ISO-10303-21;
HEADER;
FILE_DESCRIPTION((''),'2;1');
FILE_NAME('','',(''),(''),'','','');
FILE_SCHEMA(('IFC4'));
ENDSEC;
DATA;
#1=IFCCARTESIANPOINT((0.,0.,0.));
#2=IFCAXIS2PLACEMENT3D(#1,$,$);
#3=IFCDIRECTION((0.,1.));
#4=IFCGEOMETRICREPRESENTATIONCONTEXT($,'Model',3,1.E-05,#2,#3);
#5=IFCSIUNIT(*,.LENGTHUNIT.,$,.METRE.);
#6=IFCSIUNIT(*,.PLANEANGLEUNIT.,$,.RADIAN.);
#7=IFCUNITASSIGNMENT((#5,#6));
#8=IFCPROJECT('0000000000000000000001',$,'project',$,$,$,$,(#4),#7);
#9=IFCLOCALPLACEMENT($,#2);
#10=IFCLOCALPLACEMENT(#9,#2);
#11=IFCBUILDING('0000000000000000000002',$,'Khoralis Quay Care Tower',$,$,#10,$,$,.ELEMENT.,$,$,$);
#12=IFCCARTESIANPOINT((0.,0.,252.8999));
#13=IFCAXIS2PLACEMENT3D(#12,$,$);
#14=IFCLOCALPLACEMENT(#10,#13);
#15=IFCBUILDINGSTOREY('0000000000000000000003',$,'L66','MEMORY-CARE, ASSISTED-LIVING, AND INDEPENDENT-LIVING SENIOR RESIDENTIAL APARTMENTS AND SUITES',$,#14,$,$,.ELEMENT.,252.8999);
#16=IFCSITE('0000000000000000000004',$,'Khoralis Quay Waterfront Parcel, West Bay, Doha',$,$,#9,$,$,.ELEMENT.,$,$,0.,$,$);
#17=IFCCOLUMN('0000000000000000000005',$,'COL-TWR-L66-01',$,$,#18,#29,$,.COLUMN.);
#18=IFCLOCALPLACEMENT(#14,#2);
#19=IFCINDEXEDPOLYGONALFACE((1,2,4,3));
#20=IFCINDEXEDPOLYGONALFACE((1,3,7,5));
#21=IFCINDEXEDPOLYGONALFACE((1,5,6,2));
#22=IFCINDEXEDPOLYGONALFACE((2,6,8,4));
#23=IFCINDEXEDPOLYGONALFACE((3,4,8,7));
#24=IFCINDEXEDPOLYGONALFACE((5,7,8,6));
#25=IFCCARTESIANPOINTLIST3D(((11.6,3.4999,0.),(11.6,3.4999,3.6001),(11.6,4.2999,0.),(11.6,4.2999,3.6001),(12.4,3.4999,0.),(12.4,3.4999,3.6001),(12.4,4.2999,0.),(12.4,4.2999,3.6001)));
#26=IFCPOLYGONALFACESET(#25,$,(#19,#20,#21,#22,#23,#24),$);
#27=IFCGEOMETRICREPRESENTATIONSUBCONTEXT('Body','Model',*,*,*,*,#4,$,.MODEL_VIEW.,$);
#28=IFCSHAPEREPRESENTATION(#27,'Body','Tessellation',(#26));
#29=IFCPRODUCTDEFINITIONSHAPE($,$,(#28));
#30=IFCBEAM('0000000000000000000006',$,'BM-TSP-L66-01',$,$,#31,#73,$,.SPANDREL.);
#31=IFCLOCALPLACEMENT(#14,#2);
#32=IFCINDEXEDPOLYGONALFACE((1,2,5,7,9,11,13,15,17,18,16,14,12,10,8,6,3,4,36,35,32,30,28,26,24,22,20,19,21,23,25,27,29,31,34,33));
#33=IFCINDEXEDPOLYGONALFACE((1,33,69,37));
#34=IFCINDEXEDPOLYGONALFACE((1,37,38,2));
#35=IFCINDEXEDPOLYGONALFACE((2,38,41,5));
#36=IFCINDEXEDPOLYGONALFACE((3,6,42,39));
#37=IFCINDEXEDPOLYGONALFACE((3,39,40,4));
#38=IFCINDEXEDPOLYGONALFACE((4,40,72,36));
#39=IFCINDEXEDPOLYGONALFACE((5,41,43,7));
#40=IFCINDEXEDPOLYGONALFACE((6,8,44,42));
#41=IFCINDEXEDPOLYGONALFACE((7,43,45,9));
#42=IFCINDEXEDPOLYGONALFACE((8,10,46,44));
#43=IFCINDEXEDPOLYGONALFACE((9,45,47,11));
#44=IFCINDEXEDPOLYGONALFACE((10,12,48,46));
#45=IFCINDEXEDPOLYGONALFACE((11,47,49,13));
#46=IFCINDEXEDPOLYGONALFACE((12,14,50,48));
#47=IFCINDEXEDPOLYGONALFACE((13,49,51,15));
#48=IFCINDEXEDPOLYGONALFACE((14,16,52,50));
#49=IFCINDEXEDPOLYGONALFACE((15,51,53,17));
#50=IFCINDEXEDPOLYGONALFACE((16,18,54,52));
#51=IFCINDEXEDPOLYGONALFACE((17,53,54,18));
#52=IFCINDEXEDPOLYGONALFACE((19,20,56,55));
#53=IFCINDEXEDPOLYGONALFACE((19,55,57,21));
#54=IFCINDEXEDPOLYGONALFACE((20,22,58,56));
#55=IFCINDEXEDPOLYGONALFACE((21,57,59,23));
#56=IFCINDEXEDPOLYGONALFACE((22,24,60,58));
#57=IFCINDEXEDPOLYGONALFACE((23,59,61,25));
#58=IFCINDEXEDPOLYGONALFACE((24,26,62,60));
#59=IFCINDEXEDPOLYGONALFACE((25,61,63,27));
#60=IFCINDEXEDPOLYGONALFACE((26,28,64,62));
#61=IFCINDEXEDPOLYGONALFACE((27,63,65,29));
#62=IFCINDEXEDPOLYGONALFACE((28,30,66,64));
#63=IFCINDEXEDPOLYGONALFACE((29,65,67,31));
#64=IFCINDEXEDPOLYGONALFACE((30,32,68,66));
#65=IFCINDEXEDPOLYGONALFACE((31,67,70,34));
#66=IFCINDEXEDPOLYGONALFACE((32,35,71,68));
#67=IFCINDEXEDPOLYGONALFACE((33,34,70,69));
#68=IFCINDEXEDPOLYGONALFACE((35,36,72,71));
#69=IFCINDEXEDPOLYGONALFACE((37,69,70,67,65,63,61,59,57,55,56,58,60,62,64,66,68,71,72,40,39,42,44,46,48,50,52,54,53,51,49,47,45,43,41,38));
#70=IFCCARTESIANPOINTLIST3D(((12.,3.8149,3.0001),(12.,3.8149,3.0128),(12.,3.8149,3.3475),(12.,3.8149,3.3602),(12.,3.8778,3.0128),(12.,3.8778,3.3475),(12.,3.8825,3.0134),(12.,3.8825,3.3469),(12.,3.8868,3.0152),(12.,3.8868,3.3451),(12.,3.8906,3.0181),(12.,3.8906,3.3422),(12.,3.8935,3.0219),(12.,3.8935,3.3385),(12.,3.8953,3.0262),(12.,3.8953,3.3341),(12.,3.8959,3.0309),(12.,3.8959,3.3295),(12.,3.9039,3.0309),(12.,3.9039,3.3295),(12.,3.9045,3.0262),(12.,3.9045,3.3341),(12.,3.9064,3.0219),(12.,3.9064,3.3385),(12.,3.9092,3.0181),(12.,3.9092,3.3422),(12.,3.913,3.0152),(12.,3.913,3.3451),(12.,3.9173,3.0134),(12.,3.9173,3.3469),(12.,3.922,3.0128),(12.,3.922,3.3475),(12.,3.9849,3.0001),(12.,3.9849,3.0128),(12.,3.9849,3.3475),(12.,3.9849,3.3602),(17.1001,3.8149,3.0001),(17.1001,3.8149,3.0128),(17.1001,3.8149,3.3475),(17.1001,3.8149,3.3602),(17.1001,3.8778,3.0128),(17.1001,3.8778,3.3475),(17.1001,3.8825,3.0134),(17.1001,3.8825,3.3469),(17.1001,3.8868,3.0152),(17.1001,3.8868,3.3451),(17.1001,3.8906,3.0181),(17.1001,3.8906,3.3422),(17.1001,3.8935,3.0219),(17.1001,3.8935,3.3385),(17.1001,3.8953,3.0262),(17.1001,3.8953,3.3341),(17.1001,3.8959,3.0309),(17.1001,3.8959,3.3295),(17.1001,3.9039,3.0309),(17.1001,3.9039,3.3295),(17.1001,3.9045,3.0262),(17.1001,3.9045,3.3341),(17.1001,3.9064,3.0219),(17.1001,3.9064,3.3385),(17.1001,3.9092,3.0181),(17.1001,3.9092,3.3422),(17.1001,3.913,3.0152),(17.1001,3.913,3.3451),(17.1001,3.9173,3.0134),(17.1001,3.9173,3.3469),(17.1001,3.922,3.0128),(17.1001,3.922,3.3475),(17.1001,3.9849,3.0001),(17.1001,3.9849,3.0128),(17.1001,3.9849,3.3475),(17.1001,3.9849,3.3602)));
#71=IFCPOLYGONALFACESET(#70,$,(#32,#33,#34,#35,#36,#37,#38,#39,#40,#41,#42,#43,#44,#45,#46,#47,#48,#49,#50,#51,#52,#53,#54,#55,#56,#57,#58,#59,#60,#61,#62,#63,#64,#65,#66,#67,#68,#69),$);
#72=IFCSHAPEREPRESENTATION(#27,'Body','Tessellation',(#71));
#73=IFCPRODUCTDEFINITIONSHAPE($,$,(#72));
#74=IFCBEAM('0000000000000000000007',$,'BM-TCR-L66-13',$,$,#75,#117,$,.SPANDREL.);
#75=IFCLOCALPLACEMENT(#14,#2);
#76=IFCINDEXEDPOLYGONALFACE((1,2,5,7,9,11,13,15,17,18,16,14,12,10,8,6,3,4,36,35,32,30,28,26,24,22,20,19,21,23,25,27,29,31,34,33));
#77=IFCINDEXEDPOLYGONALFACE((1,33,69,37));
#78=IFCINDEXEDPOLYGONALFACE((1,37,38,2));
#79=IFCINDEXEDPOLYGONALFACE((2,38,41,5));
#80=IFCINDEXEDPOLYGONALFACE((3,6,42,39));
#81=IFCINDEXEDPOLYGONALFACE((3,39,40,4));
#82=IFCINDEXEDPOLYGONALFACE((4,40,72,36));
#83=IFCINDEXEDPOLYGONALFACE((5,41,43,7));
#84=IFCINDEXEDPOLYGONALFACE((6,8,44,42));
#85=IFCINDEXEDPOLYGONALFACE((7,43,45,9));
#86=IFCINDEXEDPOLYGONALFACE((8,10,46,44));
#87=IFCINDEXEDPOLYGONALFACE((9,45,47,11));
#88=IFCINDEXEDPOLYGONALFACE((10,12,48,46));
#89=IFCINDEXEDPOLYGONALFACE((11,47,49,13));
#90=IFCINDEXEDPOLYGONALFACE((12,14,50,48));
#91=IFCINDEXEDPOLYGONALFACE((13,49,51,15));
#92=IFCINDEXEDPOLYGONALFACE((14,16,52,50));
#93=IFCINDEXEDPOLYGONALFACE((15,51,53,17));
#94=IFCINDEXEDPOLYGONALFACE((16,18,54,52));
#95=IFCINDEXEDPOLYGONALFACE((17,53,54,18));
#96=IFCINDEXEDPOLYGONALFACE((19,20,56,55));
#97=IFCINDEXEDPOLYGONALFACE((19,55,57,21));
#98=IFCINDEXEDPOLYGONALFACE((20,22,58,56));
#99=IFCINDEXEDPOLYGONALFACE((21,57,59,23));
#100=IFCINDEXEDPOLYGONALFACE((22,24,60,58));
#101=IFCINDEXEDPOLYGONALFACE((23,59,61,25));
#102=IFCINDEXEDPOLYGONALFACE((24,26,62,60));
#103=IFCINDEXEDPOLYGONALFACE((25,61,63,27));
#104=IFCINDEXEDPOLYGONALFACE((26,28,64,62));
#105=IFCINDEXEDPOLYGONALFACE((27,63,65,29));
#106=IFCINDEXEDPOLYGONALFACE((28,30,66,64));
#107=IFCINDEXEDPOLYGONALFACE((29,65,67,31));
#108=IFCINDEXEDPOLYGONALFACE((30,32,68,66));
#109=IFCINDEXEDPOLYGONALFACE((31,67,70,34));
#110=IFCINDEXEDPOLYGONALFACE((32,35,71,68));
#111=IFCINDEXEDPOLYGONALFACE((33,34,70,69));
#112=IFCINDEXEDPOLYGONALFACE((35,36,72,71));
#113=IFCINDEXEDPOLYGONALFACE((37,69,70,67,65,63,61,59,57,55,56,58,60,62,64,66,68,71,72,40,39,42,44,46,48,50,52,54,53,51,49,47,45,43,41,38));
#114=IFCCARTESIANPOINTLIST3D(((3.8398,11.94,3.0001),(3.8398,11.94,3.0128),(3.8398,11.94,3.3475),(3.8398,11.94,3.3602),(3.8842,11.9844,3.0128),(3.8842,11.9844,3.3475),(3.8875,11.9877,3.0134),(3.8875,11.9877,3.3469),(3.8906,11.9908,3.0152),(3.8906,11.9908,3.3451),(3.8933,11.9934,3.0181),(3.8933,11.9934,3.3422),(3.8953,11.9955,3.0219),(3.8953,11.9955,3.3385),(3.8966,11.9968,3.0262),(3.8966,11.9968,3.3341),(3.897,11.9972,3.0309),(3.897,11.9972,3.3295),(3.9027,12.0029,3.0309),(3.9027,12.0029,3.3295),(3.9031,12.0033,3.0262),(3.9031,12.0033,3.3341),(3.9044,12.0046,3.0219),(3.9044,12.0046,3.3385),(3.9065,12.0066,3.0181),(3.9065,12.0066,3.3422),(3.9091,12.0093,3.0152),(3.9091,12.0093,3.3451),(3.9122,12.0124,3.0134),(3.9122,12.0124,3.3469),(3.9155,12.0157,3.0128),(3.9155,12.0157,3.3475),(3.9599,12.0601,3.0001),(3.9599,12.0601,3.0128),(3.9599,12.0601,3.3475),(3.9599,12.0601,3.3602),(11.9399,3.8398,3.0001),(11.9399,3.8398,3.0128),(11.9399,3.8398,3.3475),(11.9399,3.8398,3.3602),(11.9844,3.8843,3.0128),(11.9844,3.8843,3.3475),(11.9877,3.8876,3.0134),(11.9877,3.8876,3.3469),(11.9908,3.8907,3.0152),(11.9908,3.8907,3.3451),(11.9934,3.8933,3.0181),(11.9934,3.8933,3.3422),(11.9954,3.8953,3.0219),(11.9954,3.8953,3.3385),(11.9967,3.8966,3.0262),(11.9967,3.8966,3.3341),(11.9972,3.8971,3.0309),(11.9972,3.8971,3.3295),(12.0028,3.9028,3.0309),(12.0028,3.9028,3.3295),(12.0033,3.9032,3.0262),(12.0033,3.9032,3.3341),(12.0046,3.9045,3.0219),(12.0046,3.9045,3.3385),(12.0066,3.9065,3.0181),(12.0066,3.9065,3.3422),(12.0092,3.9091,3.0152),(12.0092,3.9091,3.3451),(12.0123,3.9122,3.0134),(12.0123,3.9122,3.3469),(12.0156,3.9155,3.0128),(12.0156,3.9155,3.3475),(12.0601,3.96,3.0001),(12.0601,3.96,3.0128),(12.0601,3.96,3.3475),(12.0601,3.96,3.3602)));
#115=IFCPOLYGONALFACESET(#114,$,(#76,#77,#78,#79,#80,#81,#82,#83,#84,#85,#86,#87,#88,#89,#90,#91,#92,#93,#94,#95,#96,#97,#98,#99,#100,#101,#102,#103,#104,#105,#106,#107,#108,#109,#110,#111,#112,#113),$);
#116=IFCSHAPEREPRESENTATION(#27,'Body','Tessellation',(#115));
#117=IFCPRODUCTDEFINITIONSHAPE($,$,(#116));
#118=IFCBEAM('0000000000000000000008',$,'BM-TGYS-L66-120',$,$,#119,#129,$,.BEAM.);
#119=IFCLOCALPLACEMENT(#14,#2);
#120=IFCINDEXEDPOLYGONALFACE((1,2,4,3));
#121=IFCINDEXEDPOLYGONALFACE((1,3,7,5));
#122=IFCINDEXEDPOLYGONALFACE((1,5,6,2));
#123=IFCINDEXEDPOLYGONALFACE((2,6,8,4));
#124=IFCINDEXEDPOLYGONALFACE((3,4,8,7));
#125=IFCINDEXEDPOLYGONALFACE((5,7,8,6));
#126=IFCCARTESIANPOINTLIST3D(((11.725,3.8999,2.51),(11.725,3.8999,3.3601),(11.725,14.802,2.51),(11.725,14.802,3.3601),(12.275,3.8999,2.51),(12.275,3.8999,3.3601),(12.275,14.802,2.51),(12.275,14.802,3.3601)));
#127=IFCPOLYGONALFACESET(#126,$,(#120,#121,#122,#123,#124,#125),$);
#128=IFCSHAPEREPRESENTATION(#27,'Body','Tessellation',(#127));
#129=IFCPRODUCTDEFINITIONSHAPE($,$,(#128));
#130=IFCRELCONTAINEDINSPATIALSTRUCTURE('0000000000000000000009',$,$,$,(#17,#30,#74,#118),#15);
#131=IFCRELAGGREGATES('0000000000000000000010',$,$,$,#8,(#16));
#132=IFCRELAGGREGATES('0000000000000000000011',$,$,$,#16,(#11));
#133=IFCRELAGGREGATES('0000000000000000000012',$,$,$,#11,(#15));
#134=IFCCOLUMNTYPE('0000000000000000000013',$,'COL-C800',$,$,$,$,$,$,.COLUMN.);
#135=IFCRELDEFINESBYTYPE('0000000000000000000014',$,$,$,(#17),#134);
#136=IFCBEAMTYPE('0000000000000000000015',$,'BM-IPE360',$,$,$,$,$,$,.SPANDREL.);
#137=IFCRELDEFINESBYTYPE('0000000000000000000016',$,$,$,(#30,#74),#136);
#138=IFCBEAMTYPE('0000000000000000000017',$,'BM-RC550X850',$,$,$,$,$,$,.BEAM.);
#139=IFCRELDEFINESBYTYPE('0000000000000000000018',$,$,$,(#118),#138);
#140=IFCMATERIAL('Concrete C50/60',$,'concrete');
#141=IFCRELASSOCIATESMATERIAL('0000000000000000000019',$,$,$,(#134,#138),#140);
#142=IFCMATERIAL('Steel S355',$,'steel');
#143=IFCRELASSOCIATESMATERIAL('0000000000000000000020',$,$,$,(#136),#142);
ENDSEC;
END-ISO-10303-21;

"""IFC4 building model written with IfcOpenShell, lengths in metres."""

from ifc_helpers import new_model, si_unit, direction, frame, origin, origin_2d, place, context, subcontext, project, spatial, rectangle, i_section, extrude, source, transform, mapped, material, material_profile, profile_set, type_object, element, save


model = new_model("IFC4")

# Units and contexts
model_context = context("Model", 3, precision=1e-05, world=origin(), true_north=direction((0.0, 1.0)))
body_context = subcontext(model_context, "Body", "Model", "MODEL_VIEW")
ifc_project = project(units=[si_unit("LENGTHUNIT", "METRE"), si_unit("PLANEANGLEUNIT", "RADIAN")], contexts=[model_context])

# Site, building, storey
site_placement = place(None, origin())
site = spatial("IfcSite", under=ifc_project, at=site_placement, Name="Khoralis Quay Waterfront Parcel, West Bay, Doha", CompositionType="ELEMENT", RefElevation=0.0)
building_placement = place(site_placement, origin())
building = spatial("IfcBuilding", under=site, at=building_placement, Name="Khoralis Quay Care Tower", CompositionType="ELEMENT")
storey_placement = place(building_placement, frame((0.0, 0.0, 252.8999)))
storey = spatial("IfcBuildingStorey", under=building, at=storey_placement, Name="L66", Description="MEMORY-CARE, ASSISTED-LIVING, AND INDEPENDENT-LIVING SENIOR RESIDENTIAL APARTMENTS AND SUITES", CompositionType="ELEMENT", Elevation=252.8999)

# Column
ifc_material_1 = material(Name="Concrete C50/60", Category="concrete")
ifc_material_profile_1 = material_profile(ifc_material_1, rectangle(XDim=0.8, YDim=0.8, at=origin_2d()), Name="Concrete C50/60")
ifc_profile_set_1 = profile_set([ifc_material_profile_1], Name="Concrete C50/60")
column_type = type_object("IfcColumnType", Name="COL-C800", PredefinedType="COLUMN", material=ifc_profile_set_1)
shared_shape_1 = source(origin(), body_context, "Body", "SweptSolid", [
    extrude(rectangle(XDim=0.8, YDim=0.8, at=origin_2d()), origin(), (0.0, 0.0, 1.0), 3.6001),
])
column_placement = place(storey_placement, frame((12.0, 3.8999, 0.0), z_axis=(0.0, 0.0, 1.0), x_axis=(1.0, 0.0, 0.0)))
element("IfcColumn", 1, at=column_placement, inside=storey, type_object=column_type, Name="COL-TWR-L66-01", PredefinedType="COLUMN", context=body_context, shape_type="MappedRepresentation", body=[
    mapped(shared_shape_1, transform((0.0, 0.0, 0.0), scale=1.0)),
])

# Beams
ifc_material_2 = material(Name="Steel S355", Category="steel")
ifc_material_profile_2 = material_profile(ifc_material_2, i_section(OverallWidth=0.1699, OverallDepth=0.3601, WebThickness=0.0081, FlangeThickness=0.0127, FilletRadius=0.0181, at=origin_2d()), Name="Steel S355")
ifc_profile_set_2 = profile_set([ifc_material_profile_2], Name="Steel S355")
beam_type_1 = type_object("IfcBeamType", Name="BM-IPE360", PredefinedType="SPANDREL", material=ifc_profile_set_2)
shared_shape_2 = source(origin(), body_context, "Body", "SweptSolid", [
    extrude(i_section(OverallWidth=0.1699, OverallDepth=0.3601, WebThickness=0.0081, FlangeThickness=0.0127, FilletRadius=0.0181, at=origin_2d()), origin(), (0.0, 0.0, 1.0), 5.1001),
])
beam_1_placement = place(storey_placement, frame((12.0, 3.8999, 3.1802), z_axis=(1.0, 0.0, 0.0), x_axis=(0.0, 1.0, 0.0)))
element("IfcBeam", 2, at=beam_1_placement, inside=storey, type_object=beam_type_1, Name="BM-TSP-L66-01", PredefinedType="SPANDREL", context=body_context, shape_type="MappedRepresentation", body=[
    mapped(shared_shape_2, transform((0.0, 0.0, 0.0), scale=1.0)),
])
shared_shape_3 = source(origin(), body_context, "Body", "SweptSolid", [
    extrude(i_section(OverallWidth=0.1699, OverallDepth=0.3601, WebThickness=0.0081, FlangeThickness=0.0127, FilletRadius=0.0181, at=origin_2d()), origin(), (0.0, 0.0, 1.0), 11.4553),
])
beam_2_placement = place(storey_placement, frame((12.0, 3.8999, 3.1802), z_axis=(-0.707107, 0.707107, 0.0), x_axis=(-0.707107, -0.707107, 0.0)))
element("IfcBeam", 3, at=beam_2_placement, inside=storey, type_object=beam_type_1, Name="BM-TCR-L66-13", PredefinedType="SPANDREL", context=body_context, shape_type="MappedRepresentation", body=[
    mapped(shared_shape_3, transform((0.0, 0.0, 0.0), scale=1.0)),
])
ifc_material_profile_3 = material_profile(ifc_material_1, rectangle(XDim=0.55, YDim=0.8501, at=origin_2d()), Name="Concrete C50/60")
ifc_profile_set_3 = profile_set([ifc_material_profile_3], Name="Concrete C50/60")
beam_type_2 = type_object("IfcBeamType", Name="BM-RC550X850", PredefinedType="BEAM", material=ifc_profile_set_3)
shared_shape_4 = source(origin(), body_context, "Body", "SweptSolid", [
    extrude(rectangle(XDim=0.55, YDim=0.8501, at=origin_2d()), origin(), (0.0, 0.0, 1.0), 10.9021),
])
beam_3_placement = place(storey_placement, frame((12.0, 3.8999, 2.9351), z_axis=(0.0, 1.0, 0.0), x_axis=(-1.0, 0.0, 0.0)))
element("IfcBeam", 4, at=beam_3_placement, inside=storey, type_object=beam_type_2, Name="BM-TGYS-L66-120", PredefinedType="BEAM", context=body_context, shape_type="MappedRepresentation", body=[
    mapped(shared_shape_4, transform((0.0, 0.0, 0.0), scale=1.0)),
])

save(model, "model.ifc")
